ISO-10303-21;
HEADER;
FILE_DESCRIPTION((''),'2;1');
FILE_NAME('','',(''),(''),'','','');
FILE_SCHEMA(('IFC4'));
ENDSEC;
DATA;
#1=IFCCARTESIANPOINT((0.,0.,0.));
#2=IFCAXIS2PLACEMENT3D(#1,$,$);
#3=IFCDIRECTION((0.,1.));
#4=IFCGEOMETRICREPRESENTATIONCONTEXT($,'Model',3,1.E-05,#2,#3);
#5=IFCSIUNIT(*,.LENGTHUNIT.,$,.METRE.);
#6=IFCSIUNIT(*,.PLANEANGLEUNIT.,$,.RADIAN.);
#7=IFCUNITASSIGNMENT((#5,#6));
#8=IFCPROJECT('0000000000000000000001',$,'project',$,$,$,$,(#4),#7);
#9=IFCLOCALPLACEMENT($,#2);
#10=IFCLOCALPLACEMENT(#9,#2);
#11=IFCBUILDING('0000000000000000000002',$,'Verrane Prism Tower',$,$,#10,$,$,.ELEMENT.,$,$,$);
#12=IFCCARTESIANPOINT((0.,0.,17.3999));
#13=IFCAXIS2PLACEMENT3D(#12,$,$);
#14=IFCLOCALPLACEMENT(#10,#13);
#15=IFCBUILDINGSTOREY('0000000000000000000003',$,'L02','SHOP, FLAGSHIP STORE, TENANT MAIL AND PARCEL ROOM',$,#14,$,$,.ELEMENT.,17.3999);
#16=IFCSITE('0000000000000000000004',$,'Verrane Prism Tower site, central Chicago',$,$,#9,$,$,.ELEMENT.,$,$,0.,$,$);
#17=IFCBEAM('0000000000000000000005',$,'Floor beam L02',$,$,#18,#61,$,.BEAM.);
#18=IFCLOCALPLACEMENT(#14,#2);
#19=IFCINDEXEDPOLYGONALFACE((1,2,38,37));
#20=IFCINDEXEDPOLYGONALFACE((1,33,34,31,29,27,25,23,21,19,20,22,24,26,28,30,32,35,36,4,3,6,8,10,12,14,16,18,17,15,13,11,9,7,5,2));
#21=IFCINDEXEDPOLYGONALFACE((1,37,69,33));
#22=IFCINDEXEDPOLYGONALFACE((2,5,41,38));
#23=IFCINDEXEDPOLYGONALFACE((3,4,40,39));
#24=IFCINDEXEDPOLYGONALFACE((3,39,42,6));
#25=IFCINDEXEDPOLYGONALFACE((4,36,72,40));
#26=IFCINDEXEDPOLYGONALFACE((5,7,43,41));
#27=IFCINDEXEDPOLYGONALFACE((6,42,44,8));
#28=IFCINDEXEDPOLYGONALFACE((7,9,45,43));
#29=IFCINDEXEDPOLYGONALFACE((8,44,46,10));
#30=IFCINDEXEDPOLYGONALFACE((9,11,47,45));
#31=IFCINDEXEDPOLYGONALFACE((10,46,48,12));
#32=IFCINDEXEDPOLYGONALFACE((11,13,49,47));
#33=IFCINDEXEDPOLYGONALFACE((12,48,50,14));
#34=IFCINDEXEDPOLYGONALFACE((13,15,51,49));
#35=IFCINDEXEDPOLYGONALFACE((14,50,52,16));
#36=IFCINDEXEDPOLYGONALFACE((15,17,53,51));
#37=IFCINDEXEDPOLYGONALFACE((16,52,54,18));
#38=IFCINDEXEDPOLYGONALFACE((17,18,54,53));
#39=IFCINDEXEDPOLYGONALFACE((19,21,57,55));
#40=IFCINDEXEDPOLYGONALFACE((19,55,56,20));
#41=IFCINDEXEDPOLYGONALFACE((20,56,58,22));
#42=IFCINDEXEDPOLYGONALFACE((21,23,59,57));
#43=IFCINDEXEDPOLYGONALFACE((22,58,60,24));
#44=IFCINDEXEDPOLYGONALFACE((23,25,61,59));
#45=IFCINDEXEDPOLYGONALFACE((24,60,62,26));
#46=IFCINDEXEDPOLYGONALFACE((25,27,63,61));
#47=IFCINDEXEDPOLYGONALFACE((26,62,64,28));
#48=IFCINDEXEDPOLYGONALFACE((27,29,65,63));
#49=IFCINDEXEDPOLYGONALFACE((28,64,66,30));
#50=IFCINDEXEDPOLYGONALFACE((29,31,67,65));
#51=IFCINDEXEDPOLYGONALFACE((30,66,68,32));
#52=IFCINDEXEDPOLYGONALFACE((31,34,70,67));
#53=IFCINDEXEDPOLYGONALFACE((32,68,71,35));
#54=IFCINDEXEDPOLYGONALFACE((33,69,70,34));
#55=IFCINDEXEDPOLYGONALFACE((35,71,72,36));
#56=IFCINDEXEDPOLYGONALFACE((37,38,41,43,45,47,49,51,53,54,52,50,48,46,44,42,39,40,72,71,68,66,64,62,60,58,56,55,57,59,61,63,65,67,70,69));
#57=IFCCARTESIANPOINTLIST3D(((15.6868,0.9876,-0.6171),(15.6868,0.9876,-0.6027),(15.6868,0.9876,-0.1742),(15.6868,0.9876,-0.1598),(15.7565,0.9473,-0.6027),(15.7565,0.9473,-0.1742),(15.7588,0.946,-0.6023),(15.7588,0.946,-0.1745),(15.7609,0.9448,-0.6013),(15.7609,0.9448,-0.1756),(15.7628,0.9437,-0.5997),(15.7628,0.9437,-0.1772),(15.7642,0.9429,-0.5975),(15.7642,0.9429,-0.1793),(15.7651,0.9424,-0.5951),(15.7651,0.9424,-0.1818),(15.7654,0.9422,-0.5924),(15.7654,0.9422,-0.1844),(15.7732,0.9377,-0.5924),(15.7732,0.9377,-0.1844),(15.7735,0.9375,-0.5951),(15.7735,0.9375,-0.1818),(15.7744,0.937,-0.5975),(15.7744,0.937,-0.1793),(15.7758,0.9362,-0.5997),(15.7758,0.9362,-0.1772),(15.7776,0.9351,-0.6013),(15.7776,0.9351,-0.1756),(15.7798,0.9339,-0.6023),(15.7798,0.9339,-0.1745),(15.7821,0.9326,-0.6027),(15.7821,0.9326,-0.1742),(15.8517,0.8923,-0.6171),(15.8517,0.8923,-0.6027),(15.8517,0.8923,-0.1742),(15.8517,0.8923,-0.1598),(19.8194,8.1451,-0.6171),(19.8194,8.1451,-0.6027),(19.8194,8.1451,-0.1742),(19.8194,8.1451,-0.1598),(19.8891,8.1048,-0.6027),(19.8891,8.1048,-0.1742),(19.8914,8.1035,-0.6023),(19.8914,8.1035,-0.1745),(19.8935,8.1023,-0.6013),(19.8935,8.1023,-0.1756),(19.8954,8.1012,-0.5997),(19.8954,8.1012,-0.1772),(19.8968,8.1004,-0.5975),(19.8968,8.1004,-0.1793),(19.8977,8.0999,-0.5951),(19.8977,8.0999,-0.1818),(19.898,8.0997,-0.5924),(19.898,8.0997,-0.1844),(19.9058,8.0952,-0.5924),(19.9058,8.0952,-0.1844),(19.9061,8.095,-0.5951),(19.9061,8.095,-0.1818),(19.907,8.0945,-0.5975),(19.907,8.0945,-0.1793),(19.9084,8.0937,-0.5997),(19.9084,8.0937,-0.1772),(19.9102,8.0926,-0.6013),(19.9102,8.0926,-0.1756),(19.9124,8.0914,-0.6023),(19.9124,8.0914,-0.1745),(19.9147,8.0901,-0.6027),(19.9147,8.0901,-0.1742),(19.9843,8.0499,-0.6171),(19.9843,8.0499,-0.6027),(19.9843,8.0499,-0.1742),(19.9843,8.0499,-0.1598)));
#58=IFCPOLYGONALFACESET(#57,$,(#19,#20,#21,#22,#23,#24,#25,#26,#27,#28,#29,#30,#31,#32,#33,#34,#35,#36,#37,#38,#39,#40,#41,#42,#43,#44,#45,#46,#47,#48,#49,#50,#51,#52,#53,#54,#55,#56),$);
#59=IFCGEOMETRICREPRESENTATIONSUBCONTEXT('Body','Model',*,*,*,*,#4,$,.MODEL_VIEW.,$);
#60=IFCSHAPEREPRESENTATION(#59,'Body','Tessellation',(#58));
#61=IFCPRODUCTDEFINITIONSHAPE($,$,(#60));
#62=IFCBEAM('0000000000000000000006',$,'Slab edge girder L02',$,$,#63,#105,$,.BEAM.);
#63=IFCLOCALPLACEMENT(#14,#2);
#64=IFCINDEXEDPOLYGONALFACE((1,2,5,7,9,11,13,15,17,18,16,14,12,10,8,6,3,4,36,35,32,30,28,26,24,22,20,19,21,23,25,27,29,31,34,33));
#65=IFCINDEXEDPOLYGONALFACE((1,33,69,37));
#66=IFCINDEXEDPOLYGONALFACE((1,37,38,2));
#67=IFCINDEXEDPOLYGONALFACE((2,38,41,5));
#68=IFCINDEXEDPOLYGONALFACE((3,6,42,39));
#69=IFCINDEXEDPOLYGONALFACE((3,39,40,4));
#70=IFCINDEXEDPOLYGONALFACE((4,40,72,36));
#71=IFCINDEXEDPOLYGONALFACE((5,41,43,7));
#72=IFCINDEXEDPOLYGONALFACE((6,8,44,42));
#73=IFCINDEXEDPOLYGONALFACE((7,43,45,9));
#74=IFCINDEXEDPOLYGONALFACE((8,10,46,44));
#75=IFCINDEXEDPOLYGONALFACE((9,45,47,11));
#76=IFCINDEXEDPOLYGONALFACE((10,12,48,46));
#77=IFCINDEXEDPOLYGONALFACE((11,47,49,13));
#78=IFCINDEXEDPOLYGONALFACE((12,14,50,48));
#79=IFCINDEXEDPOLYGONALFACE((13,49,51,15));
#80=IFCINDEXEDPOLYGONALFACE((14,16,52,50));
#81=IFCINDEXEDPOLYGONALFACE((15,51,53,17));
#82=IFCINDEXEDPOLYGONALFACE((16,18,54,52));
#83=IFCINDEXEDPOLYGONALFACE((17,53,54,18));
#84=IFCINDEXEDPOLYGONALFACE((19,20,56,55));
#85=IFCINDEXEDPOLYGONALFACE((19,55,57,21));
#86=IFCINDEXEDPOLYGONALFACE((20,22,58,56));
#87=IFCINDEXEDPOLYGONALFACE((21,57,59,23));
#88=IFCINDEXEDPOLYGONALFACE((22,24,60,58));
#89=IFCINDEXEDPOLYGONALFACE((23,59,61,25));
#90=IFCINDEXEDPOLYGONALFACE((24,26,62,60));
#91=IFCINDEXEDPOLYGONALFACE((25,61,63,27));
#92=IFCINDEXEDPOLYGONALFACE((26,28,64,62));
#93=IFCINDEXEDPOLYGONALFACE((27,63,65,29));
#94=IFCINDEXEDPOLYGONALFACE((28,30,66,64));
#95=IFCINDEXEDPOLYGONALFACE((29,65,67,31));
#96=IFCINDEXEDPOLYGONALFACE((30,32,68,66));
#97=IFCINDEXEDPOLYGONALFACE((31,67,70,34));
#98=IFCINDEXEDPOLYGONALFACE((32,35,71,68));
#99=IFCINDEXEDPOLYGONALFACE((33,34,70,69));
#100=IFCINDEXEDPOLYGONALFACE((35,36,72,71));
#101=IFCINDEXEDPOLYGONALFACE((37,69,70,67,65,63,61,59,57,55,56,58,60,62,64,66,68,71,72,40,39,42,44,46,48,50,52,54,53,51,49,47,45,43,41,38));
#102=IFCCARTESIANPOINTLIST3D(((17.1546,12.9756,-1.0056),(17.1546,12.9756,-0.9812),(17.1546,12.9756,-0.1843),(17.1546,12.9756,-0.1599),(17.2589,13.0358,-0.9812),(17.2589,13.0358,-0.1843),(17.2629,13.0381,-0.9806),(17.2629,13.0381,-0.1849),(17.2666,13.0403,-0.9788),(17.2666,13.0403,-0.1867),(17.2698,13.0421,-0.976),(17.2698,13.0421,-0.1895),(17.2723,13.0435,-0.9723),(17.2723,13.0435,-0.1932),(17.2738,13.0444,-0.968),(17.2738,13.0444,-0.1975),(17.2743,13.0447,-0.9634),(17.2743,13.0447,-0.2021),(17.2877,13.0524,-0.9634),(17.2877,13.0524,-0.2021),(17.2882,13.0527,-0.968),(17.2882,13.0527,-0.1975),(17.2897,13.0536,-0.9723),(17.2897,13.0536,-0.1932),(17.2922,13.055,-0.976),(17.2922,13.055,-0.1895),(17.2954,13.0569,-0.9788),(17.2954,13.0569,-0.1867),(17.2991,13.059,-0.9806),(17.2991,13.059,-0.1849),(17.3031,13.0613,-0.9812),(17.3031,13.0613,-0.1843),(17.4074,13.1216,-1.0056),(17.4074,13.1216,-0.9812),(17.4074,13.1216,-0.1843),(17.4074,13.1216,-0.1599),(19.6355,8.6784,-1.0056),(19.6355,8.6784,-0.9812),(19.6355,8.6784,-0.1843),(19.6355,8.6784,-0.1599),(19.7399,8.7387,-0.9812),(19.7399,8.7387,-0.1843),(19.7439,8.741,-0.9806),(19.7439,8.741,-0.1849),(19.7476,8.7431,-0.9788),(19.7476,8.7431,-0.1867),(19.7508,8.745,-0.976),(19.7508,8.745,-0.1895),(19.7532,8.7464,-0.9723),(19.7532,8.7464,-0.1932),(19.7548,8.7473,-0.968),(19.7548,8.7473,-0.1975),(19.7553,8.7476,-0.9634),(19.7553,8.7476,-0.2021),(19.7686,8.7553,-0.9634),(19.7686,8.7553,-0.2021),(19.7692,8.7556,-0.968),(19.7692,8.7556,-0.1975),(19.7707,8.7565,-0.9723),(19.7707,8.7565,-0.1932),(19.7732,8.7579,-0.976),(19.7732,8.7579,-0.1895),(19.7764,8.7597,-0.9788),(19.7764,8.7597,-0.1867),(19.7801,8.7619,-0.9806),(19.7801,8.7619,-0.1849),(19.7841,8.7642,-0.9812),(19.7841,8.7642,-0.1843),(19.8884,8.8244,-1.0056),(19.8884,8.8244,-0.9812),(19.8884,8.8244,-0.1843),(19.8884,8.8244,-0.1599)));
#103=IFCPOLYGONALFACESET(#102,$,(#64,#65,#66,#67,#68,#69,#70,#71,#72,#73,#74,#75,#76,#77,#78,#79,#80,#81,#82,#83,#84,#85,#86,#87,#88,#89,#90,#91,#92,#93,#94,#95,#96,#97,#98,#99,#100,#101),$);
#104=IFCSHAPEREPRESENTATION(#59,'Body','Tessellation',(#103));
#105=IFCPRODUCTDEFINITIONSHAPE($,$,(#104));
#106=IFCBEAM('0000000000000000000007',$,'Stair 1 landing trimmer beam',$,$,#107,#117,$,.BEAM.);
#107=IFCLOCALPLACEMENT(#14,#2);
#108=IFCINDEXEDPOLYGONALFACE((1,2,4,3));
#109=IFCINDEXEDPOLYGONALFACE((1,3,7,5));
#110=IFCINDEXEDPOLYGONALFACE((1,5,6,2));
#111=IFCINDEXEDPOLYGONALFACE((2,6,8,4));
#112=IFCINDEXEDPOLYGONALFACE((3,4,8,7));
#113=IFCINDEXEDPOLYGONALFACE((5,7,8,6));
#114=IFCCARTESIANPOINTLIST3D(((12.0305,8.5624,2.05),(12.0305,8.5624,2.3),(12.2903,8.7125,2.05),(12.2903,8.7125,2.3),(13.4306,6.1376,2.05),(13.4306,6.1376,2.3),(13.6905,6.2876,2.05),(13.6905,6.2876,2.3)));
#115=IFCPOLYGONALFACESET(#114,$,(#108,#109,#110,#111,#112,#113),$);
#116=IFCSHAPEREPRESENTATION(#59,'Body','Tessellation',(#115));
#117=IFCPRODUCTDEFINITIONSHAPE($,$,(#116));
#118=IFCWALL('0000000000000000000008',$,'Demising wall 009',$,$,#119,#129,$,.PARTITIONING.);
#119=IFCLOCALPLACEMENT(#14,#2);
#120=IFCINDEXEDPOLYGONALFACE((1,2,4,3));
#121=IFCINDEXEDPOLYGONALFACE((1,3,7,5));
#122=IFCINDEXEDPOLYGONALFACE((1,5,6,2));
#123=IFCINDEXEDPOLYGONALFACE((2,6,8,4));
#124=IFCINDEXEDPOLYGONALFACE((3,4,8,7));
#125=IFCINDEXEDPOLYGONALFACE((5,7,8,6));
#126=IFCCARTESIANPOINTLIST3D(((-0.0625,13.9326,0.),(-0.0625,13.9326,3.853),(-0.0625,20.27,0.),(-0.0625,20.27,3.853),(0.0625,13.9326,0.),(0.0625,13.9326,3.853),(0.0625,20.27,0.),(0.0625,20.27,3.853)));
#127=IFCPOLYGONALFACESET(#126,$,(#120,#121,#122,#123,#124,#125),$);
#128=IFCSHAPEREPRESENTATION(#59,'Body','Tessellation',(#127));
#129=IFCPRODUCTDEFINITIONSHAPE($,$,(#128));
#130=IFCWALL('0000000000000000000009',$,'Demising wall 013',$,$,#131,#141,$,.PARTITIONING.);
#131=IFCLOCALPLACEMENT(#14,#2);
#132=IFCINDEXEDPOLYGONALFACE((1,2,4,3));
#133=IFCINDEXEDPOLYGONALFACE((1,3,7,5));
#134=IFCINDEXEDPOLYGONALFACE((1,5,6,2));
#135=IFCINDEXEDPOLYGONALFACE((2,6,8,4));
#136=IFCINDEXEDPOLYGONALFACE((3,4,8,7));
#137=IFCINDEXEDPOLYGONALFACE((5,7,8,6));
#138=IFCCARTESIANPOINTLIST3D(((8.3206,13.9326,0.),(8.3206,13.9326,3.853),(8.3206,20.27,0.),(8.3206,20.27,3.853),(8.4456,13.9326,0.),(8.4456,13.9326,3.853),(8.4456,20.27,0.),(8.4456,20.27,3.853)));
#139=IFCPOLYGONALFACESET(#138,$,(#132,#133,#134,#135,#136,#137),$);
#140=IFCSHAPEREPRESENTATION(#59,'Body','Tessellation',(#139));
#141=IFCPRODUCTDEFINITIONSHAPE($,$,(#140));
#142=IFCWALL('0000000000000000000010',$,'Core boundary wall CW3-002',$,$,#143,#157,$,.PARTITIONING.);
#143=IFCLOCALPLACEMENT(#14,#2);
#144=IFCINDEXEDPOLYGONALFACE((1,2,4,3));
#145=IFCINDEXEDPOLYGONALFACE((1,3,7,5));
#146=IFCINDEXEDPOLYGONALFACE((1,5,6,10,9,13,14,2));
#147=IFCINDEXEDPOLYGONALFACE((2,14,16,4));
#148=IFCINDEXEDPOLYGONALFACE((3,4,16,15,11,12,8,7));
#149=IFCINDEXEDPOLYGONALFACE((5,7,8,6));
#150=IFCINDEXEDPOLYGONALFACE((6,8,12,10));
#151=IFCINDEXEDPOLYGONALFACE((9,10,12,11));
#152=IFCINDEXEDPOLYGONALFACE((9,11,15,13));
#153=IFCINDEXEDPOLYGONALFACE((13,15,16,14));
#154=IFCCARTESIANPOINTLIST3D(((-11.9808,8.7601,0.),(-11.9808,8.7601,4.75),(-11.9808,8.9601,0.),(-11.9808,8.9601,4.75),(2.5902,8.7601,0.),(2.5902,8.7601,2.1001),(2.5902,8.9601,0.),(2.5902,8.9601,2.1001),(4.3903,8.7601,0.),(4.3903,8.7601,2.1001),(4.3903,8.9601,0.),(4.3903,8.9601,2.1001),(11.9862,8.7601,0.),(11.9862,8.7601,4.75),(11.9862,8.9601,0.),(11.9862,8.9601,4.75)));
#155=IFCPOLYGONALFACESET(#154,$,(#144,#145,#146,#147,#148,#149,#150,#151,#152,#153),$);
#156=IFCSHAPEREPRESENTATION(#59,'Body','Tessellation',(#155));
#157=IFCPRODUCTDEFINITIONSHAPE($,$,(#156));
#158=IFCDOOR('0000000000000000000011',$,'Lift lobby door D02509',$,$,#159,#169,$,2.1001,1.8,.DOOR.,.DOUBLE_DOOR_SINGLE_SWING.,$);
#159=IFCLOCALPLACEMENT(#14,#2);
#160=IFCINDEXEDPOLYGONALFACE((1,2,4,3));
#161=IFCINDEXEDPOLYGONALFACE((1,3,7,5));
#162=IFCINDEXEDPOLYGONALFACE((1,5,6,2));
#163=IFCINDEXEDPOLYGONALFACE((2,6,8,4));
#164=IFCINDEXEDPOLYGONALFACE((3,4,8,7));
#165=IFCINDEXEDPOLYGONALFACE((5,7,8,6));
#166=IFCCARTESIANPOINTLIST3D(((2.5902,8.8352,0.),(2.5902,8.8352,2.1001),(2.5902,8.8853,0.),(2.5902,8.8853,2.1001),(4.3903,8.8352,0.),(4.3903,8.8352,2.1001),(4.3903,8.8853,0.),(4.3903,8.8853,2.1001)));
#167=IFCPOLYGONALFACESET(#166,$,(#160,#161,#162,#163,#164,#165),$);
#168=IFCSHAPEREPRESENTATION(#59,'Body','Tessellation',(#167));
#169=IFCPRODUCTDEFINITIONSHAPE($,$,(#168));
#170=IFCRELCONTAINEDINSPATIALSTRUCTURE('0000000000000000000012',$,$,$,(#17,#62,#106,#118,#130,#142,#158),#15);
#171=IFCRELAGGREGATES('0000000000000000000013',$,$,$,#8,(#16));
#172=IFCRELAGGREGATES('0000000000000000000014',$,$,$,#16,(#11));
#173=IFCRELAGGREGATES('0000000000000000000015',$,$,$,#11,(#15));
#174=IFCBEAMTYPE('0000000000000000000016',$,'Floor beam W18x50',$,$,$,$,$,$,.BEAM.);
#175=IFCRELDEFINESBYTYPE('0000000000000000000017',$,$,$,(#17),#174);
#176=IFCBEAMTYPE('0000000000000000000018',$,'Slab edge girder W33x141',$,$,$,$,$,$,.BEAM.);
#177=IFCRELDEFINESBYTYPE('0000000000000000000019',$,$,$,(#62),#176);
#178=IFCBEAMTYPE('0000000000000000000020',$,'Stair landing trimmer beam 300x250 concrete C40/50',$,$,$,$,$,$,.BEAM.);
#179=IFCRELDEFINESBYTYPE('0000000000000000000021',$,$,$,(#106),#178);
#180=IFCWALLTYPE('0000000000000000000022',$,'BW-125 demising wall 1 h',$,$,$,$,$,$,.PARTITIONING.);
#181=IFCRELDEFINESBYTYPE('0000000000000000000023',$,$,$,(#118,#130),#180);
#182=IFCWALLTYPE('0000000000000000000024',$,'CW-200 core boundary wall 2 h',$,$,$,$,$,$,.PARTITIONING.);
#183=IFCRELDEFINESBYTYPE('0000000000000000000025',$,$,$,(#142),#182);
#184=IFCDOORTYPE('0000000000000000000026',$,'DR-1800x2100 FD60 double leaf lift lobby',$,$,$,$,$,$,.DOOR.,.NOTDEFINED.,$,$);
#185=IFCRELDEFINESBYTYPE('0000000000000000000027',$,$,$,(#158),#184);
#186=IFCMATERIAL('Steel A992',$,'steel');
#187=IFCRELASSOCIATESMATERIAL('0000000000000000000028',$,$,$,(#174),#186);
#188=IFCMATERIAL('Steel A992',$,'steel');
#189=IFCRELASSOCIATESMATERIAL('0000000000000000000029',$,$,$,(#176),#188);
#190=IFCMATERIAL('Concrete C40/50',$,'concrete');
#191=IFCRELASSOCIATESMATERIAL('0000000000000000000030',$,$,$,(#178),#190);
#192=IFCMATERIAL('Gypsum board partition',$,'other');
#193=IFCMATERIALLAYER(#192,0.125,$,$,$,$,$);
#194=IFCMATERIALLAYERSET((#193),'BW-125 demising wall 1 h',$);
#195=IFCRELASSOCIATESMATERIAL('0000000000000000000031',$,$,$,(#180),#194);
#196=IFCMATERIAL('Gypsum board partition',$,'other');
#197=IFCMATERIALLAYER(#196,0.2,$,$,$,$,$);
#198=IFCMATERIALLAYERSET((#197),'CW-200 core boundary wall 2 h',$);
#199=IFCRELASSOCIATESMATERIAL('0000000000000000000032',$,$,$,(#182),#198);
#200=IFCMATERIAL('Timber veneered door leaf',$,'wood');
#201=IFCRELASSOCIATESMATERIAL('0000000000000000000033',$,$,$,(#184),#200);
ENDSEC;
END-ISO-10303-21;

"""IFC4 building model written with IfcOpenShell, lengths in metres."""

from ifc_helpers import new_model, si_unit, direction, frame, frame_2d, origin, origin_2d, place, context, subcontext, project, spatial, rectangle, i_section, extrude, material, layer, layer_set, material_profile, profile_set, type_object, element, fill, save


model = new_model("IFC4")

# Units and contexts
model_context = context("Model", 3, precision=1e-05, world=origin(), true_north=direction((0.0, 1.0)))
body_context = subcontext(model_context, "Body", "Model", "MODEL_VIEW")
ifc_project = project(units=[si_unit("LENGTHUNIT", "METRE"), si_unit("PLANEANGLEUNIT", "RADIAN")], contexts=[model_context])

# Site, building, storey
site_placement = place(None, origin())
site = spatial("IfcSite", under=ifc_project, at=site_placement, Name="Verrane Prism Tower site, central Chicago", CompositionType="ELEMENT", RefElevation=0.0)
building_placement = place(site_placement, origin())
building = spatial("IfcBuilding", under=site, at=building_placement, Name="Verrane Prism Tower", CompositionType="ELEMENT")
storey_placement = place(building_placement, frame((0.0, 0.0, 17.3999)))
storey = spatial("IfcBuildingStorey", under=building, at=storey_placement, Name="L02", Description="SHOP, FLAGSHIP STORE, TENANT MAIL AND PARCEL ROOM", CompositionType="ELEMENT", Elevation=17.3999)

# Beams
ifc_material_1 = material(Name="Steel A992", Category="steel")
ifc_material_profile_1 = material_profile(ifc_material_1, i_section(OverallWidth=0.1904, OverallDepth=0.4573, WebThickness=0.009, FlangeThickness=0.0144, FilletRadius=0.0103, at=origin_2d()), Name="W18x50")
ifc_profile_set_1 = profile_set([ifc_material_profile_1], Name="Steel A992")
beam_type_1 = type_object("IfcBeamType", Name="Floor beam W18x50", PredefinedType="BEAM", material=ifc_profile_set_1)
beam_1_placement = place(storey_placement, frame((15.7693, 0.9399, -0.3884), z_axis=(0.500018, 0.866015, 0.0), x_axis=(-0.866015, 0.500018, 0.0)))
element("IfcBeam", 1, at=beam_1_placement, inside=storey, type_object=beam_type_1, Name="Floor beam L02", PredefinedType="BEAM", context=body_context, shape_type="SweptSolid", body=[
    extrude(i_section(OverallWidth=0.1904, OverallDepth=0.4573, WebThickness=0.009, FlangeThickness=0.0144, FilletRadius=0.0103, at=origin_2d()), origin(), (0.0, 0.0, 1.0), 8.2649),
])
ifc_material_2 = material(Name="Steel A992", Category="steel")
ifc_material_profile_2 = material_profile(ifc_material_2, i_section(OverallWidth=0.292, OverallDepth=0.8457, WebThickness=0.0154, FlangeThickness=0.0244, FilletRadius=0.0178, at=origin_2d()), Name="W33x141")
ifc_profile_set_2 = profile_set([ifc_material_profile_2], Name="Steel A992")
beam_type_2 = type_object("IfcBeamType", Name="Slab edge girder W33x141", PredefinedType="BEAM", material=ifc_profile_set_2)
beam_2_placement = place(storey_placement, frame((17.281, 13.0486, -0.5828), z_axis=(0.500002, -0.866024, 0.0), x_axis=(0.866024, 0.500002, 0.0)))
element("IfcBeam", 2, at=beam_2_placement, inside=storey, type_object=beam_type_2, Name="Slab edge girder L02", PredefinedType="BEAM", context=body_context, shape_type="SweptSolid", body=[
    extrude(i_section(OverallWidth=0.292, OverallDepth=0.8457, WebThickness=0.0154, FlangeThickness=0.0244, FilletRadius=0.0178, at=origin_2d()), origin(), (0.0, 0.0, 1.0), 4.9619),
])
ifc_material_3 = material(Name="Concrete C40/50", Category="concrete")
ifc_material_profile_3 = material_profile(ifc_material_3, rectangle(XDim=0.3, YDim=0.25, at=origin_2d()), Name="RC 300x250")
ifc_profile_set_3 = profile_set([ifc_material_profile_3], Name="Concrete C40/50")
beam_type_3 = type_object("IfcBeamType", Name="Stair landing trimmer beam 300x250 concrete C40/50", PredefinedType="BEAM", material=ifc_profile_set_3)
beam_3_placement = place(storey_placement, frame((12.1604, 8.6375, 2.175), z_axis=(0.50005, -0.865997, 0.0), x_axis=(0.865997, 0.50005, 0.0)))
element("IfcBeam", 3, at=beam_3_placement, inside=storey, type_object=beam_type_3, Name="Stair 1 landing trimmer beam", PredefinedType="BEAM", context=body_context, shape_type="SweptSolid", body=[
    extrude(rectangle(XDim=0.3, YDim=0.25, at=origin_2d()), origin(), (0.0, 0.0, 1.0), 2.8),
])

# Walls
ifc_material_4 = material(Name="Gypsum board partition", Category="other")
ifc_layer_1 = layer(ifc_material_4, 0.125)
ifc_layer_set_1 = layer_set([ifc_layer_1], Name="BW-125 demising wall 1 h")
wall_type_1 = type_object("IfcWallType", Name="BW-125 demising wall 1 h", PredefinedType="PARTITIONING", material=ifc_layer_set_1)
for number, where, z_axis, x_axis, name in (
    (4, (0.0, 13.9326, 0.0), (0.0, 0.0, 1.0), (0.0, 1.0, 0.0), "Demising wall 009"),
    (5, (8.3831, 13.9326, 0.0), (0.0, 0.0, 1.0), (0.0, 1.0, 0.0), "Demising wall 013"),
):
    element("IfcWall", number, at=place(storey_placement, frame(where, z_axis=z_axis, x_axis=x_axis)), inside=storey, type_object=wall_type_1, Name=name, PredefinedType="PARTITIONING", context=body_context, shape_type="SweptSolid", body=[
        extrude(rectangle(XDim=6.3374, YDim=0.125, at=frame_2d((3.1687, 0.0))), origin(), (0.0, 0.0, 1.0), 3.853),
    ])

# Wall, opening, door
ifc_material_5 = material(Name="Gypsum board partition", Category="other")
ifc_layer_2 = layer(ifc_material_5, 0.2)
ifc_layer_set_2 = layer_set([ifc_layer_2], Name="CW-200 core boundary wall 2 h")
wall_type_2 = type_object("IfcWallType", Name="CW-200 core boundary wall 2 h", PredefinedType="PARTITIONING", material=ifc_layer_set_2)
wall_1_placement = place(storey_placement, frame((11.9861, 8.8601, 0.0), z_axis=(0.0, 0.0, 1.0), x_axis=(-1.0, 0.0, 0.0)))
wall_1 = element("IfcWall", 6, at=wall_1_placement, inside=storey, type_object=wall_type_2, Name="Core boundary wall CW3-002", PredefinedType="PARTITIONING", context=body_context, shape_type="SweptSolid", body=[
    extrude(rectangle(XDim=23.967, YDim=0.2, at=frame_2d((11.9834, 0.0))), origin(), (0.0, 0.0, 1.0), 4.75),
])
opening_1_placement = place(wall_1_placement, frame((7.5959, 0.0, 0.0)))
opening_1 = element("IfcOpeningElement", 7, at=opening_1_placement, cuts=wall_1, PredefinedType="OPENING", context=body_context, shape_type="SweptSolid", body=[
    extrude(rectangle(XDim=1.8, YDim=2.1001, at=frame_2d((0.8999, 1.05))), frame((0.0, 0.1099, 0.0), z_axis=(0.0, -1.0, 0.0), x_axis=(1.0, 0.0, 0.0)), (0.0, 0.0, 1.0), 0.22),
])
ifc_material_6 = material(Name="Timber veneered door leaf", Category="wood")
door_type_1 = type_object("IfcDoorType", Name="DR-1800x2100 FD60 double leaf lift lobby", OperationType="NOTDEFINED", PredefinedType="DOOR", material=ifc_material_6)
door_1_placement = place(opening_1_placement, origin())
door_1 = element("IfcDoor", 8, at=door_1_placement, inside=storey, type_object=door_type_1, Name="Lift lobby door D02509", OperationType="DOUBLE_DOOR_SINGLE_SWING", OverallHeight=2.1001, OverallWidth=1.8, PredefinedType="DOOR", context=body_context, shape_type="SweptSolid", body=[
    extrude(rectangle(XDim=1.8, YDim=2.1001, at=frame_2d((0.8999, 1.05))), frame((0.0, 0.0249, 0.0), z_axis=(0.0, -1.0, 0.0), x_axis=(1.0, 0.0, 0.0)), (0.0, 0.0, 1.0), 0.05),
])
fill(opening_1, door_1)

save(model, "model.ifc")
